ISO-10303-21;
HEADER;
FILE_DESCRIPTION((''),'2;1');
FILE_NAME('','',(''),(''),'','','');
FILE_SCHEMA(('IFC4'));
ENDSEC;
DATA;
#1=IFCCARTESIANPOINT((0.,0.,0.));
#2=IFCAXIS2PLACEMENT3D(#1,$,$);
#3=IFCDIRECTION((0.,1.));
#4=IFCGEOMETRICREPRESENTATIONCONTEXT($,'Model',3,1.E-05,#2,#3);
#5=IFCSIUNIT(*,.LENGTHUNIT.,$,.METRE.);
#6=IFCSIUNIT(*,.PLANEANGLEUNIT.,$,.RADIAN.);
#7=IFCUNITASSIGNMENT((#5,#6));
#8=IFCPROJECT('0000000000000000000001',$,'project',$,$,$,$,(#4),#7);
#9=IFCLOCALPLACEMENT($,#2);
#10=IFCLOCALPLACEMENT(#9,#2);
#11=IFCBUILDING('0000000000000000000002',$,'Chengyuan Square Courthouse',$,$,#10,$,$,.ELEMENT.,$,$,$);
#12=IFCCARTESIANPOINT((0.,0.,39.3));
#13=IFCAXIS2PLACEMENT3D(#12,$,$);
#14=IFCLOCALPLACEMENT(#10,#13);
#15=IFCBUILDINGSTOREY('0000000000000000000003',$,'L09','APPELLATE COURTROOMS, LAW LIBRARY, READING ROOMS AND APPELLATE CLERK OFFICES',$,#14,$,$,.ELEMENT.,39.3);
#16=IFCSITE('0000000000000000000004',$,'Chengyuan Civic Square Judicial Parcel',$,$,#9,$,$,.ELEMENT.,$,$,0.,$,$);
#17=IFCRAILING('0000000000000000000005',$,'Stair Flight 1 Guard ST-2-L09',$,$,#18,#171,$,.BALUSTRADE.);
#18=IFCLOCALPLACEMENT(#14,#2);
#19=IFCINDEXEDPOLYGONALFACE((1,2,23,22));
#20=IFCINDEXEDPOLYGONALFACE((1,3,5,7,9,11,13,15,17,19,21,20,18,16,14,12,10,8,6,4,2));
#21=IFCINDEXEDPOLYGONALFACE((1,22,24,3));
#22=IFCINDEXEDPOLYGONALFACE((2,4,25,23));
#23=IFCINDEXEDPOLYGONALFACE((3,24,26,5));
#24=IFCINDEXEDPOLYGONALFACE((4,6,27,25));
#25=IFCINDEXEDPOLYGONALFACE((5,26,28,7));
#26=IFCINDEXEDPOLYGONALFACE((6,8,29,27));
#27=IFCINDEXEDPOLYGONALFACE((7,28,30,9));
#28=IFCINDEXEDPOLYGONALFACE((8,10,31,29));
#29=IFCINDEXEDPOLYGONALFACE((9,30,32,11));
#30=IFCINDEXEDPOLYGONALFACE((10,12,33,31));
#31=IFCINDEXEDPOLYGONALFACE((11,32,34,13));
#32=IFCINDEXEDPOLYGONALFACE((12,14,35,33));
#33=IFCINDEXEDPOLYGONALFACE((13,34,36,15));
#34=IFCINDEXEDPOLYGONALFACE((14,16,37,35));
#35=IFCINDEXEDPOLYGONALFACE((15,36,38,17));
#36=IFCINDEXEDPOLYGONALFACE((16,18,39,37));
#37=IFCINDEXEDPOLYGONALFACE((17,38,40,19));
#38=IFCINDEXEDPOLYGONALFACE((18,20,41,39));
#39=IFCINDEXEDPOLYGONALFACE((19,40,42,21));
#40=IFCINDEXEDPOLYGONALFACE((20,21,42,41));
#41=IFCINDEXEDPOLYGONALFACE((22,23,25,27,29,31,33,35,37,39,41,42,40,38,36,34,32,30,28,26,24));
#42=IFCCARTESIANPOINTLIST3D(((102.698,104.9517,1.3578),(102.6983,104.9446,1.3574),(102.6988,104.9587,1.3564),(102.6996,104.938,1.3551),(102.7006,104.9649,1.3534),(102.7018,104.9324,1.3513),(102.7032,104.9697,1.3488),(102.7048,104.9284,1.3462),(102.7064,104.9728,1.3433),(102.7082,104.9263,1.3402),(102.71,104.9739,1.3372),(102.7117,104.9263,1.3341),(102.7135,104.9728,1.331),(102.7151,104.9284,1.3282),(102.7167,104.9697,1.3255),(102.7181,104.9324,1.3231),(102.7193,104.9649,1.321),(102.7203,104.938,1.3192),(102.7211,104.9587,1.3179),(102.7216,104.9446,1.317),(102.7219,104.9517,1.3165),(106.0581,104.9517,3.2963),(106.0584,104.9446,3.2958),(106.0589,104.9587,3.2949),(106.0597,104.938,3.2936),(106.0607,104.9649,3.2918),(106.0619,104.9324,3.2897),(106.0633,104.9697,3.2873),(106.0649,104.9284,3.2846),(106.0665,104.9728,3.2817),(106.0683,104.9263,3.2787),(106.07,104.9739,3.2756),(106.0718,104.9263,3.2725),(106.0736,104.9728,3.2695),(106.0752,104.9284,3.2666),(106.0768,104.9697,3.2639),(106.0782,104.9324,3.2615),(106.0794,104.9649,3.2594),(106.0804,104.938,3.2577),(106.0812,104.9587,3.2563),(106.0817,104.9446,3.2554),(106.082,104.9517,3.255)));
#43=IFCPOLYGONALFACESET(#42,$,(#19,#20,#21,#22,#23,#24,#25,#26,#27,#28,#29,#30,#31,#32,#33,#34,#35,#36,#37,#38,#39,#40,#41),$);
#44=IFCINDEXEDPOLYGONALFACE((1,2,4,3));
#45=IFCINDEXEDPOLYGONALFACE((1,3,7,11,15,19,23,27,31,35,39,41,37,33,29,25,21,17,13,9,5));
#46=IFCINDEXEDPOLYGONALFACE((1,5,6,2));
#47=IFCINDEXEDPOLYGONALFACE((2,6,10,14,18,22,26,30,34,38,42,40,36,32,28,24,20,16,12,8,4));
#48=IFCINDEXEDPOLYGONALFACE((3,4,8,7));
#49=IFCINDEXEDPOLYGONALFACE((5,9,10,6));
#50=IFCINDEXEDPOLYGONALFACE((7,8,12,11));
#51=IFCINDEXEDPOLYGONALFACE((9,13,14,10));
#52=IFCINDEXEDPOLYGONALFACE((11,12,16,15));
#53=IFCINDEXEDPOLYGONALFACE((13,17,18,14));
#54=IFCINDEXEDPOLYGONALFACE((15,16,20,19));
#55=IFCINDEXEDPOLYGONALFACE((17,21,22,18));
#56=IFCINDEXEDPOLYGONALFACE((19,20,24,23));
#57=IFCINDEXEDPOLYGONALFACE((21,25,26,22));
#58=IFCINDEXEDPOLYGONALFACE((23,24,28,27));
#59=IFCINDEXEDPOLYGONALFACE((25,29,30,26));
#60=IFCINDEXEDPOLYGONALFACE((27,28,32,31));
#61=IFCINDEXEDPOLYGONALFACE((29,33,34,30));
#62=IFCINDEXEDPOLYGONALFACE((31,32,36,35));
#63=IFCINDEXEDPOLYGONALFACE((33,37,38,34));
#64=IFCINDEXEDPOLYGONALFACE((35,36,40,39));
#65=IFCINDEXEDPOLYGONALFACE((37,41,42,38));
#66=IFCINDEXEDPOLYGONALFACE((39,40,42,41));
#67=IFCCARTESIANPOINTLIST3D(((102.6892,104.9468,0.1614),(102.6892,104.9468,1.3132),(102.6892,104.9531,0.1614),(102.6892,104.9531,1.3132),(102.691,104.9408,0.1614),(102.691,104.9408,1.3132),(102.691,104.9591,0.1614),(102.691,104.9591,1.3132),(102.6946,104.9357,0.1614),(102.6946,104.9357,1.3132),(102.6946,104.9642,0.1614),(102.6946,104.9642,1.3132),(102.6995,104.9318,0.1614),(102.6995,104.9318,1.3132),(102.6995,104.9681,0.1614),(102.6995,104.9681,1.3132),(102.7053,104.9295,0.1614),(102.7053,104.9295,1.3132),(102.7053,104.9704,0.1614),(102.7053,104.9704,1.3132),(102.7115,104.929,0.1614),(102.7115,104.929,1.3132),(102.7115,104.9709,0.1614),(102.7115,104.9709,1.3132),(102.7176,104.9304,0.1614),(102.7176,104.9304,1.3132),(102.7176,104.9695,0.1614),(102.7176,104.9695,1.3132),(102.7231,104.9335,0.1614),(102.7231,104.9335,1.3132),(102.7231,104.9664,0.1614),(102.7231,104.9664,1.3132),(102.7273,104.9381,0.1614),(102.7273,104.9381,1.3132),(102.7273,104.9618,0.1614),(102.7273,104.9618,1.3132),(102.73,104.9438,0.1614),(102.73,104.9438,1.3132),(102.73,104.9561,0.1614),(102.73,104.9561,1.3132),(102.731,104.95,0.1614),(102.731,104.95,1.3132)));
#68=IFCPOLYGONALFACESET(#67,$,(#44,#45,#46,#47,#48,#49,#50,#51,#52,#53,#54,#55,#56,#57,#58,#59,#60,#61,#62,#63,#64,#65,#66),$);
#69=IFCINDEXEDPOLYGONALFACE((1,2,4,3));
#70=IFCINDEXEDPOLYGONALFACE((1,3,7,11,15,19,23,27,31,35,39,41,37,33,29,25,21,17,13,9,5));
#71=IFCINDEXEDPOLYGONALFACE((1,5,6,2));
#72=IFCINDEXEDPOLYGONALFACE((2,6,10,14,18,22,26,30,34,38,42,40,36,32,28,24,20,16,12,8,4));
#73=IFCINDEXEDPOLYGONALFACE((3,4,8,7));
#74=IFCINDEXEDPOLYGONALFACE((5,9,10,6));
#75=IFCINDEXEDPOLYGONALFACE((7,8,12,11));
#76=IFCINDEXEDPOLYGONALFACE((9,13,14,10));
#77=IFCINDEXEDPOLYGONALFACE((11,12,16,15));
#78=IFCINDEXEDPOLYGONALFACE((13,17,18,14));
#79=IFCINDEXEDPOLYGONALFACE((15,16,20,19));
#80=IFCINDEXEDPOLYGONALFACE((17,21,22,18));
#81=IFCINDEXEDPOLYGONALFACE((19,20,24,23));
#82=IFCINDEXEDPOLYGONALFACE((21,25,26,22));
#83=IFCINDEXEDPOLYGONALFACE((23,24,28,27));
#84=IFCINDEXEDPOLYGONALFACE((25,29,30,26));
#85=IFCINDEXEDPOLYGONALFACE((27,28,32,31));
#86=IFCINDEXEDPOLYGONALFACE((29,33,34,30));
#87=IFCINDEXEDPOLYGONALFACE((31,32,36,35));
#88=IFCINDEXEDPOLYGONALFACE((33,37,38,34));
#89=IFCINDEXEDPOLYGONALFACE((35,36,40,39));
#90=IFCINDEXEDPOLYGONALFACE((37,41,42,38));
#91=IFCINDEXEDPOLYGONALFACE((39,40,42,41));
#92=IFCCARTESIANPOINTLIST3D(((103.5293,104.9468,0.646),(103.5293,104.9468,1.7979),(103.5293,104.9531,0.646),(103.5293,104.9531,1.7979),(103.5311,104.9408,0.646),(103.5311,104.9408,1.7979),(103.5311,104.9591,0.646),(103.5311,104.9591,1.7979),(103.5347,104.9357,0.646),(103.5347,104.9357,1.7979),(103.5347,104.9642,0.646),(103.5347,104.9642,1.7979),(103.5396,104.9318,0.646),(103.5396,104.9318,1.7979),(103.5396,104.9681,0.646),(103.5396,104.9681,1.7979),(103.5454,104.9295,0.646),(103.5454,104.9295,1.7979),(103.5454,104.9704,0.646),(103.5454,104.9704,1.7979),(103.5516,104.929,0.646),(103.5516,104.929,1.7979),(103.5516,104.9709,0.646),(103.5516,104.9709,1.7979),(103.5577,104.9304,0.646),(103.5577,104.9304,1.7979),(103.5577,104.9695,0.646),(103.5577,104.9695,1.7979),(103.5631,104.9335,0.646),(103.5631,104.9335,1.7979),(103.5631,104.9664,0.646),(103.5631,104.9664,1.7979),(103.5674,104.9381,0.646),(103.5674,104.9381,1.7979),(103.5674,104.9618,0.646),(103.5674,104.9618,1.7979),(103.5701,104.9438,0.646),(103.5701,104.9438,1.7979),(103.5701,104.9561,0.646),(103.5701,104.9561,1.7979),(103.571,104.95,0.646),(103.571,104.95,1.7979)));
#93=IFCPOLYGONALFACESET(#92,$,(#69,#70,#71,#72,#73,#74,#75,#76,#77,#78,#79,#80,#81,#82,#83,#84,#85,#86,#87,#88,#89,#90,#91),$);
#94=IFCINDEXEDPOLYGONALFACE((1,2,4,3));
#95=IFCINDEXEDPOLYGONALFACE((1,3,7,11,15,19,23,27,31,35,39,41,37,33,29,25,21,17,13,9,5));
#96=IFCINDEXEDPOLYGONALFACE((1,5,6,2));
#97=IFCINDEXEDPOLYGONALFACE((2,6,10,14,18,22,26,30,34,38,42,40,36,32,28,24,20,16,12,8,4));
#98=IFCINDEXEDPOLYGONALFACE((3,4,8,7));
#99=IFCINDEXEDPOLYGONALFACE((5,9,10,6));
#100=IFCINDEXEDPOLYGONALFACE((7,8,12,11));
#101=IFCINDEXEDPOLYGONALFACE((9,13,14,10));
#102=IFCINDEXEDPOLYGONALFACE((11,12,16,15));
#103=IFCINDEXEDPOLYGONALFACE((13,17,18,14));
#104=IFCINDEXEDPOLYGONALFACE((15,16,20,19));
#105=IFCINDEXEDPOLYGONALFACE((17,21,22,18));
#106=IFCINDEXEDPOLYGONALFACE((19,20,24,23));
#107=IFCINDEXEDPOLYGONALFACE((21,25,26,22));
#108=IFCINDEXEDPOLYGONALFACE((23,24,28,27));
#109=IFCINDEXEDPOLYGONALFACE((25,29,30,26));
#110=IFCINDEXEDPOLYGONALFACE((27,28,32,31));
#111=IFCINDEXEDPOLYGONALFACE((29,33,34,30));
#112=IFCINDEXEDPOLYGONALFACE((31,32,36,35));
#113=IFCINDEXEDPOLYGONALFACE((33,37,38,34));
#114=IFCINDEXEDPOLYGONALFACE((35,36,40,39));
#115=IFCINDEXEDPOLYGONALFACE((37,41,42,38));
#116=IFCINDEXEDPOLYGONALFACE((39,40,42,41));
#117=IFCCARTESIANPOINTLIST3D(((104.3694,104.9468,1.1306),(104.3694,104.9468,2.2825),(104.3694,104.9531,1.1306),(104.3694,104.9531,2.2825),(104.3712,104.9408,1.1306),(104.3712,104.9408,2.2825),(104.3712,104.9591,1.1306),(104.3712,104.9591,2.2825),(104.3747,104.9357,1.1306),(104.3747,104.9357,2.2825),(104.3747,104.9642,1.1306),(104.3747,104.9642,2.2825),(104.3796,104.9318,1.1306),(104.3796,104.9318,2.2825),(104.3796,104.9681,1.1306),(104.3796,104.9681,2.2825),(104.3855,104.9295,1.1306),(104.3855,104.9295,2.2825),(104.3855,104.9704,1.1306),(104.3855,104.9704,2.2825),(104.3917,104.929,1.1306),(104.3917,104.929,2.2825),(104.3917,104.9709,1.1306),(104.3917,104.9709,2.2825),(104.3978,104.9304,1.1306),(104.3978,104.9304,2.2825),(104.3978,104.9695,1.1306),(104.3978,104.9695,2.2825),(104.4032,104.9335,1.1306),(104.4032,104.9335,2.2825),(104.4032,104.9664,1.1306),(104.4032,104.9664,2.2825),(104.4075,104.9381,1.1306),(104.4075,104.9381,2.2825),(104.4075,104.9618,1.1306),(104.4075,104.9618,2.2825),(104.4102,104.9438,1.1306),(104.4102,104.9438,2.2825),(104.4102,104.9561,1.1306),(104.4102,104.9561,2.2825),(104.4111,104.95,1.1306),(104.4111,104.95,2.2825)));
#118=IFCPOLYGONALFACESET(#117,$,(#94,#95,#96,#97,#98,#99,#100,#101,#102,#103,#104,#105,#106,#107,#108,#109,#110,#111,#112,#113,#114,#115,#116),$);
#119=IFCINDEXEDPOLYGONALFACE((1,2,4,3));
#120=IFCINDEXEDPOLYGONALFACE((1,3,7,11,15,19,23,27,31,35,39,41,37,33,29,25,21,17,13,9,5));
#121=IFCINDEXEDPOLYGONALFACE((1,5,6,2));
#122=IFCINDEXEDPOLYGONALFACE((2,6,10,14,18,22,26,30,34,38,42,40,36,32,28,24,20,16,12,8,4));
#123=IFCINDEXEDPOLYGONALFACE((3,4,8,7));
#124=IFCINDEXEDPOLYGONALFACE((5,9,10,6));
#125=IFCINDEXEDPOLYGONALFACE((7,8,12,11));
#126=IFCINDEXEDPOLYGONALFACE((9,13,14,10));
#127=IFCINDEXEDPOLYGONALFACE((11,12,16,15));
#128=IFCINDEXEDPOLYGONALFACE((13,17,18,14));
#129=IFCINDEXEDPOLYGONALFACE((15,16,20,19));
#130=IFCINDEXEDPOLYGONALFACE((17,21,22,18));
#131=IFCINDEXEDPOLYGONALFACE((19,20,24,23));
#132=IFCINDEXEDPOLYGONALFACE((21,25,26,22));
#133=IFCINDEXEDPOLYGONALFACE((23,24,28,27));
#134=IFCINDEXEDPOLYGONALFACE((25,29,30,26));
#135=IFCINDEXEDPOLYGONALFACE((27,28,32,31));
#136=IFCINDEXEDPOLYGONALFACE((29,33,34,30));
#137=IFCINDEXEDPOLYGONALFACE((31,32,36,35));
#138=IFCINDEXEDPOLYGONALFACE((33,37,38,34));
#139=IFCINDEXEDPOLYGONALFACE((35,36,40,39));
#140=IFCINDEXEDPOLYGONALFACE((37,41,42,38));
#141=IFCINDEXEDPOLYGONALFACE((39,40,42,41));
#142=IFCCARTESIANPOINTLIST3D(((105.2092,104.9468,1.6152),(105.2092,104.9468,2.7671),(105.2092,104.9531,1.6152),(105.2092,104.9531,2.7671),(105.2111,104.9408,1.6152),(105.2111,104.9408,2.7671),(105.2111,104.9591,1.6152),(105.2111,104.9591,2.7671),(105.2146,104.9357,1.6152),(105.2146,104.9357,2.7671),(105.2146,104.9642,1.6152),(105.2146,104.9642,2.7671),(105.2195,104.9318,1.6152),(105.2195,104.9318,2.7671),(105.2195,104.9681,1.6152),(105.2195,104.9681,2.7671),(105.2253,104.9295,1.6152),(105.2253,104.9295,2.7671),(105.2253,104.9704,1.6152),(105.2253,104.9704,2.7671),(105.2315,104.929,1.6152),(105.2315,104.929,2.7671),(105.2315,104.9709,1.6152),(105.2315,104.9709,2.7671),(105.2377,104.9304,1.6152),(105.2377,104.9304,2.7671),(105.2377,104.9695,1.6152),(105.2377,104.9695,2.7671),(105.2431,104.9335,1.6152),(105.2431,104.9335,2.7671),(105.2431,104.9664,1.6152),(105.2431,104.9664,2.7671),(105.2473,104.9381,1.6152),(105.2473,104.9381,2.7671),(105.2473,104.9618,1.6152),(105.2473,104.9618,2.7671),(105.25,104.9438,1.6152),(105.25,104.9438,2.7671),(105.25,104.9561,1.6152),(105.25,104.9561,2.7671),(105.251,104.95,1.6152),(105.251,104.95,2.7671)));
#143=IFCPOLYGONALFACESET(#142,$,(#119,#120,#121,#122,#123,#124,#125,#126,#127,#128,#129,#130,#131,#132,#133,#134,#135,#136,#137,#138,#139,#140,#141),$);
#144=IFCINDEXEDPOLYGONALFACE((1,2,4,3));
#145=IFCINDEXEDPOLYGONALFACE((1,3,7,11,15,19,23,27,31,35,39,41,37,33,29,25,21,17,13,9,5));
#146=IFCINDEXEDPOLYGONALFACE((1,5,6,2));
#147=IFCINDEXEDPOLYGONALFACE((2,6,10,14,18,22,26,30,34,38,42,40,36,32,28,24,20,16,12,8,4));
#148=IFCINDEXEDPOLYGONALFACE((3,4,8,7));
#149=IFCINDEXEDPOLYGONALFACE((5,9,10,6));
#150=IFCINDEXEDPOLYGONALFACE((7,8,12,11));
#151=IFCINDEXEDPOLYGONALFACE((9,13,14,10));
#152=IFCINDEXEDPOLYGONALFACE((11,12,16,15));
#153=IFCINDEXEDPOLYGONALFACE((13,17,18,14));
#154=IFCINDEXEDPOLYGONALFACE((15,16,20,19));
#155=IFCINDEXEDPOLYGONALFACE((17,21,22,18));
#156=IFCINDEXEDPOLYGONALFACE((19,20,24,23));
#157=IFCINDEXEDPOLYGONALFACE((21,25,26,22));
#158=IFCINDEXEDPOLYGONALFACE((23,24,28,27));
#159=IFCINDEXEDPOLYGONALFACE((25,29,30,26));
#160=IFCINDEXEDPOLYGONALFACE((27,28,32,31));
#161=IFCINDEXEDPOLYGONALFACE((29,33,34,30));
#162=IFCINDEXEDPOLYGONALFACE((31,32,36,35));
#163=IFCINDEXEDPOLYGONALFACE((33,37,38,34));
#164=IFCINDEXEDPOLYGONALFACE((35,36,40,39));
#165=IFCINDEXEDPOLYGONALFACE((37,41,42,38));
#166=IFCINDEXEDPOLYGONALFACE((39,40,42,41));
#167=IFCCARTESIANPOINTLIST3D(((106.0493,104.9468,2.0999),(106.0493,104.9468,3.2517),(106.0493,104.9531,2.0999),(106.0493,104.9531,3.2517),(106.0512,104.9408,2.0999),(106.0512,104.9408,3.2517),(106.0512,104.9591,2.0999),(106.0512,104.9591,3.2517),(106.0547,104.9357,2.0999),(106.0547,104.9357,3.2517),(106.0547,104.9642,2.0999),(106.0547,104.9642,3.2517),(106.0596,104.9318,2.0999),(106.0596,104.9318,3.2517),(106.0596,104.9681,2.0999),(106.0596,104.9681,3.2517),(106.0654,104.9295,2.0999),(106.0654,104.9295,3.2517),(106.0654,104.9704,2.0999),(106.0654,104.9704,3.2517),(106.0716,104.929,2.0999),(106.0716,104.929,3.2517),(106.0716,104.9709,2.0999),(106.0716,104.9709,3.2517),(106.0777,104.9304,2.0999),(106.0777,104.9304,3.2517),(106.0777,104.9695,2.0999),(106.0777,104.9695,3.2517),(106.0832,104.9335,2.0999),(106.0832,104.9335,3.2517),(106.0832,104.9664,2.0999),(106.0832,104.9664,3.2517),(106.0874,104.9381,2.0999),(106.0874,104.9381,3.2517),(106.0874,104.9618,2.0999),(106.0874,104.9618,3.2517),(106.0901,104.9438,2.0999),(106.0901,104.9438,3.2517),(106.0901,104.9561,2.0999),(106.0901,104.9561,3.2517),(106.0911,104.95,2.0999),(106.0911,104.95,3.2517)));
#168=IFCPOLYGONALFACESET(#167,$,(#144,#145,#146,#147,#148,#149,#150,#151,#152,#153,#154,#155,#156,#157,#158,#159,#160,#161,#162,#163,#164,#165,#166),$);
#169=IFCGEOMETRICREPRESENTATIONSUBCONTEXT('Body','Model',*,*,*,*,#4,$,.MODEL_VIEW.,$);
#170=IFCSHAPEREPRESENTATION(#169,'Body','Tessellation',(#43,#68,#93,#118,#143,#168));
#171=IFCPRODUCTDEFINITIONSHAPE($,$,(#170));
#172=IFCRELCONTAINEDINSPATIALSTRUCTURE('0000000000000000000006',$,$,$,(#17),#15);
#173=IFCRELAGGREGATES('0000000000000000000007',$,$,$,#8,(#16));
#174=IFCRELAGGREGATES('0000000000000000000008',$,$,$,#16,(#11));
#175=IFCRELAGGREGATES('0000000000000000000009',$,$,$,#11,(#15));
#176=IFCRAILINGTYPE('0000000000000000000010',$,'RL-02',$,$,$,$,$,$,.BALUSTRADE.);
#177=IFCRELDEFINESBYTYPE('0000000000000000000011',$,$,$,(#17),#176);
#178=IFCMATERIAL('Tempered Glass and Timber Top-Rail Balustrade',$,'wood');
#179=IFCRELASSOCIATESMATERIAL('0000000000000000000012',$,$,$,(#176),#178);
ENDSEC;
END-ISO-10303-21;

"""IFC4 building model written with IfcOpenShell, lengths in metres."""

from ifc_helpers import new_model, si_unit, direction, frame, origin, origin_2d, place, context, subcontext, project, spatial, circle, extrude, material, type_object, element, save


model = new_model("IFC4")

# Units and contexts
model_context = context("Model", 3, precision=1e-05, world=origin(), true_north=direction((0.0, 1.0)))
body_context = subcontext(model_context, "Body", "Model", "MODEL_VIEW")
ifc_project = project(units=[si_unit("LENGTHUNIT", "METRE"), si_unit("PLANEANGLEUNIT", "RADIAN")], contexts=[model_context])

# Site, building, storey
site_placement = place(None, origin())
site = spatial("IfcSite", under=ifc_project, at=site_placement, Name="Chengyuan Civic Square Judicial Parcel", CompositionType="ELEMENT", RefElevation=0.0)
building_placement = place(site_placement, origin())
building = spatial("IfcBuilding", under=site, at=building_placement, Name="Chengyuan Square Courthouse", CompositionType="ELEMENT")
storey_placement = place(building_placement, frame((0.0, 0.0, 39.3)))
storey = spatial("IfcBuildingStorey", under=building, at=storey_placement, Name="L09", Description="APPELLATE COURTROOMS, LAW LIBRARY, READING ROOMS AND APPELLATE CLERK OFFICES", CompositionType="ELEMENT", Elevation=39.3)

# Railing
ifc_material_1 = material(Name="Tempered Glass and Timber Top-Rail Balustrade", Category="wood")
railing_type_1 = type_object("IfcRailingType", Name="RL-02", PredefinedType="BALUSTRADE", material=ifc_material_1)
railing_1_placement = place(storey_placement, frame((102.71, 104.95, 0.1614)))
element("IfcRailing", 1, at=railing_1_placement, inside=storey, type_object=railing_type_1, Name="Stair Flight 1 Guard ST-2-L09", PredefinedType="BALUSTRADE", context=body_context, shape_type="SweptSolid", body=[
    extrude(circle(Radius=0.0239, at=origin_2d()), frame((0.0, 0.0, 1.1758), z_axis=(0.866191, 0.0, 0.499713), x_axis=(0.0, 1.0, 0.0)), (0.0, 0.0, 1.0), 3.8792),
    extrude(circle(Radius=0.021, at=origin_2d()), origin(), (0.0, 0.0, 1.0), 1.1519),
    extrude(circle(Radius=0.021, at=origin_2d()), frame((0.8401, 0.0, 0.4846)), (0.0, 0.0, 1.0), 1.1519),
    extrude(circle(Radius=0.021, at=origin_2d()), frame((1.6802, 0.0, 0.9692)), (0.0, 0.0, 1.0), 1.1519),
    extrude(circle(Radius=0.021, at=origin_2d()), frame((2.52, 0.0, 1.4539)), (0.0, 0.0, 1.0), 1.1519),
    extrude(circle(Radius=0.021, at=origin_2d()), frame((3.3601, 0.0, 1.9385)), (0.0, 0.0, 1.0), 1.1519),
])

save(model, "model.ifc")
